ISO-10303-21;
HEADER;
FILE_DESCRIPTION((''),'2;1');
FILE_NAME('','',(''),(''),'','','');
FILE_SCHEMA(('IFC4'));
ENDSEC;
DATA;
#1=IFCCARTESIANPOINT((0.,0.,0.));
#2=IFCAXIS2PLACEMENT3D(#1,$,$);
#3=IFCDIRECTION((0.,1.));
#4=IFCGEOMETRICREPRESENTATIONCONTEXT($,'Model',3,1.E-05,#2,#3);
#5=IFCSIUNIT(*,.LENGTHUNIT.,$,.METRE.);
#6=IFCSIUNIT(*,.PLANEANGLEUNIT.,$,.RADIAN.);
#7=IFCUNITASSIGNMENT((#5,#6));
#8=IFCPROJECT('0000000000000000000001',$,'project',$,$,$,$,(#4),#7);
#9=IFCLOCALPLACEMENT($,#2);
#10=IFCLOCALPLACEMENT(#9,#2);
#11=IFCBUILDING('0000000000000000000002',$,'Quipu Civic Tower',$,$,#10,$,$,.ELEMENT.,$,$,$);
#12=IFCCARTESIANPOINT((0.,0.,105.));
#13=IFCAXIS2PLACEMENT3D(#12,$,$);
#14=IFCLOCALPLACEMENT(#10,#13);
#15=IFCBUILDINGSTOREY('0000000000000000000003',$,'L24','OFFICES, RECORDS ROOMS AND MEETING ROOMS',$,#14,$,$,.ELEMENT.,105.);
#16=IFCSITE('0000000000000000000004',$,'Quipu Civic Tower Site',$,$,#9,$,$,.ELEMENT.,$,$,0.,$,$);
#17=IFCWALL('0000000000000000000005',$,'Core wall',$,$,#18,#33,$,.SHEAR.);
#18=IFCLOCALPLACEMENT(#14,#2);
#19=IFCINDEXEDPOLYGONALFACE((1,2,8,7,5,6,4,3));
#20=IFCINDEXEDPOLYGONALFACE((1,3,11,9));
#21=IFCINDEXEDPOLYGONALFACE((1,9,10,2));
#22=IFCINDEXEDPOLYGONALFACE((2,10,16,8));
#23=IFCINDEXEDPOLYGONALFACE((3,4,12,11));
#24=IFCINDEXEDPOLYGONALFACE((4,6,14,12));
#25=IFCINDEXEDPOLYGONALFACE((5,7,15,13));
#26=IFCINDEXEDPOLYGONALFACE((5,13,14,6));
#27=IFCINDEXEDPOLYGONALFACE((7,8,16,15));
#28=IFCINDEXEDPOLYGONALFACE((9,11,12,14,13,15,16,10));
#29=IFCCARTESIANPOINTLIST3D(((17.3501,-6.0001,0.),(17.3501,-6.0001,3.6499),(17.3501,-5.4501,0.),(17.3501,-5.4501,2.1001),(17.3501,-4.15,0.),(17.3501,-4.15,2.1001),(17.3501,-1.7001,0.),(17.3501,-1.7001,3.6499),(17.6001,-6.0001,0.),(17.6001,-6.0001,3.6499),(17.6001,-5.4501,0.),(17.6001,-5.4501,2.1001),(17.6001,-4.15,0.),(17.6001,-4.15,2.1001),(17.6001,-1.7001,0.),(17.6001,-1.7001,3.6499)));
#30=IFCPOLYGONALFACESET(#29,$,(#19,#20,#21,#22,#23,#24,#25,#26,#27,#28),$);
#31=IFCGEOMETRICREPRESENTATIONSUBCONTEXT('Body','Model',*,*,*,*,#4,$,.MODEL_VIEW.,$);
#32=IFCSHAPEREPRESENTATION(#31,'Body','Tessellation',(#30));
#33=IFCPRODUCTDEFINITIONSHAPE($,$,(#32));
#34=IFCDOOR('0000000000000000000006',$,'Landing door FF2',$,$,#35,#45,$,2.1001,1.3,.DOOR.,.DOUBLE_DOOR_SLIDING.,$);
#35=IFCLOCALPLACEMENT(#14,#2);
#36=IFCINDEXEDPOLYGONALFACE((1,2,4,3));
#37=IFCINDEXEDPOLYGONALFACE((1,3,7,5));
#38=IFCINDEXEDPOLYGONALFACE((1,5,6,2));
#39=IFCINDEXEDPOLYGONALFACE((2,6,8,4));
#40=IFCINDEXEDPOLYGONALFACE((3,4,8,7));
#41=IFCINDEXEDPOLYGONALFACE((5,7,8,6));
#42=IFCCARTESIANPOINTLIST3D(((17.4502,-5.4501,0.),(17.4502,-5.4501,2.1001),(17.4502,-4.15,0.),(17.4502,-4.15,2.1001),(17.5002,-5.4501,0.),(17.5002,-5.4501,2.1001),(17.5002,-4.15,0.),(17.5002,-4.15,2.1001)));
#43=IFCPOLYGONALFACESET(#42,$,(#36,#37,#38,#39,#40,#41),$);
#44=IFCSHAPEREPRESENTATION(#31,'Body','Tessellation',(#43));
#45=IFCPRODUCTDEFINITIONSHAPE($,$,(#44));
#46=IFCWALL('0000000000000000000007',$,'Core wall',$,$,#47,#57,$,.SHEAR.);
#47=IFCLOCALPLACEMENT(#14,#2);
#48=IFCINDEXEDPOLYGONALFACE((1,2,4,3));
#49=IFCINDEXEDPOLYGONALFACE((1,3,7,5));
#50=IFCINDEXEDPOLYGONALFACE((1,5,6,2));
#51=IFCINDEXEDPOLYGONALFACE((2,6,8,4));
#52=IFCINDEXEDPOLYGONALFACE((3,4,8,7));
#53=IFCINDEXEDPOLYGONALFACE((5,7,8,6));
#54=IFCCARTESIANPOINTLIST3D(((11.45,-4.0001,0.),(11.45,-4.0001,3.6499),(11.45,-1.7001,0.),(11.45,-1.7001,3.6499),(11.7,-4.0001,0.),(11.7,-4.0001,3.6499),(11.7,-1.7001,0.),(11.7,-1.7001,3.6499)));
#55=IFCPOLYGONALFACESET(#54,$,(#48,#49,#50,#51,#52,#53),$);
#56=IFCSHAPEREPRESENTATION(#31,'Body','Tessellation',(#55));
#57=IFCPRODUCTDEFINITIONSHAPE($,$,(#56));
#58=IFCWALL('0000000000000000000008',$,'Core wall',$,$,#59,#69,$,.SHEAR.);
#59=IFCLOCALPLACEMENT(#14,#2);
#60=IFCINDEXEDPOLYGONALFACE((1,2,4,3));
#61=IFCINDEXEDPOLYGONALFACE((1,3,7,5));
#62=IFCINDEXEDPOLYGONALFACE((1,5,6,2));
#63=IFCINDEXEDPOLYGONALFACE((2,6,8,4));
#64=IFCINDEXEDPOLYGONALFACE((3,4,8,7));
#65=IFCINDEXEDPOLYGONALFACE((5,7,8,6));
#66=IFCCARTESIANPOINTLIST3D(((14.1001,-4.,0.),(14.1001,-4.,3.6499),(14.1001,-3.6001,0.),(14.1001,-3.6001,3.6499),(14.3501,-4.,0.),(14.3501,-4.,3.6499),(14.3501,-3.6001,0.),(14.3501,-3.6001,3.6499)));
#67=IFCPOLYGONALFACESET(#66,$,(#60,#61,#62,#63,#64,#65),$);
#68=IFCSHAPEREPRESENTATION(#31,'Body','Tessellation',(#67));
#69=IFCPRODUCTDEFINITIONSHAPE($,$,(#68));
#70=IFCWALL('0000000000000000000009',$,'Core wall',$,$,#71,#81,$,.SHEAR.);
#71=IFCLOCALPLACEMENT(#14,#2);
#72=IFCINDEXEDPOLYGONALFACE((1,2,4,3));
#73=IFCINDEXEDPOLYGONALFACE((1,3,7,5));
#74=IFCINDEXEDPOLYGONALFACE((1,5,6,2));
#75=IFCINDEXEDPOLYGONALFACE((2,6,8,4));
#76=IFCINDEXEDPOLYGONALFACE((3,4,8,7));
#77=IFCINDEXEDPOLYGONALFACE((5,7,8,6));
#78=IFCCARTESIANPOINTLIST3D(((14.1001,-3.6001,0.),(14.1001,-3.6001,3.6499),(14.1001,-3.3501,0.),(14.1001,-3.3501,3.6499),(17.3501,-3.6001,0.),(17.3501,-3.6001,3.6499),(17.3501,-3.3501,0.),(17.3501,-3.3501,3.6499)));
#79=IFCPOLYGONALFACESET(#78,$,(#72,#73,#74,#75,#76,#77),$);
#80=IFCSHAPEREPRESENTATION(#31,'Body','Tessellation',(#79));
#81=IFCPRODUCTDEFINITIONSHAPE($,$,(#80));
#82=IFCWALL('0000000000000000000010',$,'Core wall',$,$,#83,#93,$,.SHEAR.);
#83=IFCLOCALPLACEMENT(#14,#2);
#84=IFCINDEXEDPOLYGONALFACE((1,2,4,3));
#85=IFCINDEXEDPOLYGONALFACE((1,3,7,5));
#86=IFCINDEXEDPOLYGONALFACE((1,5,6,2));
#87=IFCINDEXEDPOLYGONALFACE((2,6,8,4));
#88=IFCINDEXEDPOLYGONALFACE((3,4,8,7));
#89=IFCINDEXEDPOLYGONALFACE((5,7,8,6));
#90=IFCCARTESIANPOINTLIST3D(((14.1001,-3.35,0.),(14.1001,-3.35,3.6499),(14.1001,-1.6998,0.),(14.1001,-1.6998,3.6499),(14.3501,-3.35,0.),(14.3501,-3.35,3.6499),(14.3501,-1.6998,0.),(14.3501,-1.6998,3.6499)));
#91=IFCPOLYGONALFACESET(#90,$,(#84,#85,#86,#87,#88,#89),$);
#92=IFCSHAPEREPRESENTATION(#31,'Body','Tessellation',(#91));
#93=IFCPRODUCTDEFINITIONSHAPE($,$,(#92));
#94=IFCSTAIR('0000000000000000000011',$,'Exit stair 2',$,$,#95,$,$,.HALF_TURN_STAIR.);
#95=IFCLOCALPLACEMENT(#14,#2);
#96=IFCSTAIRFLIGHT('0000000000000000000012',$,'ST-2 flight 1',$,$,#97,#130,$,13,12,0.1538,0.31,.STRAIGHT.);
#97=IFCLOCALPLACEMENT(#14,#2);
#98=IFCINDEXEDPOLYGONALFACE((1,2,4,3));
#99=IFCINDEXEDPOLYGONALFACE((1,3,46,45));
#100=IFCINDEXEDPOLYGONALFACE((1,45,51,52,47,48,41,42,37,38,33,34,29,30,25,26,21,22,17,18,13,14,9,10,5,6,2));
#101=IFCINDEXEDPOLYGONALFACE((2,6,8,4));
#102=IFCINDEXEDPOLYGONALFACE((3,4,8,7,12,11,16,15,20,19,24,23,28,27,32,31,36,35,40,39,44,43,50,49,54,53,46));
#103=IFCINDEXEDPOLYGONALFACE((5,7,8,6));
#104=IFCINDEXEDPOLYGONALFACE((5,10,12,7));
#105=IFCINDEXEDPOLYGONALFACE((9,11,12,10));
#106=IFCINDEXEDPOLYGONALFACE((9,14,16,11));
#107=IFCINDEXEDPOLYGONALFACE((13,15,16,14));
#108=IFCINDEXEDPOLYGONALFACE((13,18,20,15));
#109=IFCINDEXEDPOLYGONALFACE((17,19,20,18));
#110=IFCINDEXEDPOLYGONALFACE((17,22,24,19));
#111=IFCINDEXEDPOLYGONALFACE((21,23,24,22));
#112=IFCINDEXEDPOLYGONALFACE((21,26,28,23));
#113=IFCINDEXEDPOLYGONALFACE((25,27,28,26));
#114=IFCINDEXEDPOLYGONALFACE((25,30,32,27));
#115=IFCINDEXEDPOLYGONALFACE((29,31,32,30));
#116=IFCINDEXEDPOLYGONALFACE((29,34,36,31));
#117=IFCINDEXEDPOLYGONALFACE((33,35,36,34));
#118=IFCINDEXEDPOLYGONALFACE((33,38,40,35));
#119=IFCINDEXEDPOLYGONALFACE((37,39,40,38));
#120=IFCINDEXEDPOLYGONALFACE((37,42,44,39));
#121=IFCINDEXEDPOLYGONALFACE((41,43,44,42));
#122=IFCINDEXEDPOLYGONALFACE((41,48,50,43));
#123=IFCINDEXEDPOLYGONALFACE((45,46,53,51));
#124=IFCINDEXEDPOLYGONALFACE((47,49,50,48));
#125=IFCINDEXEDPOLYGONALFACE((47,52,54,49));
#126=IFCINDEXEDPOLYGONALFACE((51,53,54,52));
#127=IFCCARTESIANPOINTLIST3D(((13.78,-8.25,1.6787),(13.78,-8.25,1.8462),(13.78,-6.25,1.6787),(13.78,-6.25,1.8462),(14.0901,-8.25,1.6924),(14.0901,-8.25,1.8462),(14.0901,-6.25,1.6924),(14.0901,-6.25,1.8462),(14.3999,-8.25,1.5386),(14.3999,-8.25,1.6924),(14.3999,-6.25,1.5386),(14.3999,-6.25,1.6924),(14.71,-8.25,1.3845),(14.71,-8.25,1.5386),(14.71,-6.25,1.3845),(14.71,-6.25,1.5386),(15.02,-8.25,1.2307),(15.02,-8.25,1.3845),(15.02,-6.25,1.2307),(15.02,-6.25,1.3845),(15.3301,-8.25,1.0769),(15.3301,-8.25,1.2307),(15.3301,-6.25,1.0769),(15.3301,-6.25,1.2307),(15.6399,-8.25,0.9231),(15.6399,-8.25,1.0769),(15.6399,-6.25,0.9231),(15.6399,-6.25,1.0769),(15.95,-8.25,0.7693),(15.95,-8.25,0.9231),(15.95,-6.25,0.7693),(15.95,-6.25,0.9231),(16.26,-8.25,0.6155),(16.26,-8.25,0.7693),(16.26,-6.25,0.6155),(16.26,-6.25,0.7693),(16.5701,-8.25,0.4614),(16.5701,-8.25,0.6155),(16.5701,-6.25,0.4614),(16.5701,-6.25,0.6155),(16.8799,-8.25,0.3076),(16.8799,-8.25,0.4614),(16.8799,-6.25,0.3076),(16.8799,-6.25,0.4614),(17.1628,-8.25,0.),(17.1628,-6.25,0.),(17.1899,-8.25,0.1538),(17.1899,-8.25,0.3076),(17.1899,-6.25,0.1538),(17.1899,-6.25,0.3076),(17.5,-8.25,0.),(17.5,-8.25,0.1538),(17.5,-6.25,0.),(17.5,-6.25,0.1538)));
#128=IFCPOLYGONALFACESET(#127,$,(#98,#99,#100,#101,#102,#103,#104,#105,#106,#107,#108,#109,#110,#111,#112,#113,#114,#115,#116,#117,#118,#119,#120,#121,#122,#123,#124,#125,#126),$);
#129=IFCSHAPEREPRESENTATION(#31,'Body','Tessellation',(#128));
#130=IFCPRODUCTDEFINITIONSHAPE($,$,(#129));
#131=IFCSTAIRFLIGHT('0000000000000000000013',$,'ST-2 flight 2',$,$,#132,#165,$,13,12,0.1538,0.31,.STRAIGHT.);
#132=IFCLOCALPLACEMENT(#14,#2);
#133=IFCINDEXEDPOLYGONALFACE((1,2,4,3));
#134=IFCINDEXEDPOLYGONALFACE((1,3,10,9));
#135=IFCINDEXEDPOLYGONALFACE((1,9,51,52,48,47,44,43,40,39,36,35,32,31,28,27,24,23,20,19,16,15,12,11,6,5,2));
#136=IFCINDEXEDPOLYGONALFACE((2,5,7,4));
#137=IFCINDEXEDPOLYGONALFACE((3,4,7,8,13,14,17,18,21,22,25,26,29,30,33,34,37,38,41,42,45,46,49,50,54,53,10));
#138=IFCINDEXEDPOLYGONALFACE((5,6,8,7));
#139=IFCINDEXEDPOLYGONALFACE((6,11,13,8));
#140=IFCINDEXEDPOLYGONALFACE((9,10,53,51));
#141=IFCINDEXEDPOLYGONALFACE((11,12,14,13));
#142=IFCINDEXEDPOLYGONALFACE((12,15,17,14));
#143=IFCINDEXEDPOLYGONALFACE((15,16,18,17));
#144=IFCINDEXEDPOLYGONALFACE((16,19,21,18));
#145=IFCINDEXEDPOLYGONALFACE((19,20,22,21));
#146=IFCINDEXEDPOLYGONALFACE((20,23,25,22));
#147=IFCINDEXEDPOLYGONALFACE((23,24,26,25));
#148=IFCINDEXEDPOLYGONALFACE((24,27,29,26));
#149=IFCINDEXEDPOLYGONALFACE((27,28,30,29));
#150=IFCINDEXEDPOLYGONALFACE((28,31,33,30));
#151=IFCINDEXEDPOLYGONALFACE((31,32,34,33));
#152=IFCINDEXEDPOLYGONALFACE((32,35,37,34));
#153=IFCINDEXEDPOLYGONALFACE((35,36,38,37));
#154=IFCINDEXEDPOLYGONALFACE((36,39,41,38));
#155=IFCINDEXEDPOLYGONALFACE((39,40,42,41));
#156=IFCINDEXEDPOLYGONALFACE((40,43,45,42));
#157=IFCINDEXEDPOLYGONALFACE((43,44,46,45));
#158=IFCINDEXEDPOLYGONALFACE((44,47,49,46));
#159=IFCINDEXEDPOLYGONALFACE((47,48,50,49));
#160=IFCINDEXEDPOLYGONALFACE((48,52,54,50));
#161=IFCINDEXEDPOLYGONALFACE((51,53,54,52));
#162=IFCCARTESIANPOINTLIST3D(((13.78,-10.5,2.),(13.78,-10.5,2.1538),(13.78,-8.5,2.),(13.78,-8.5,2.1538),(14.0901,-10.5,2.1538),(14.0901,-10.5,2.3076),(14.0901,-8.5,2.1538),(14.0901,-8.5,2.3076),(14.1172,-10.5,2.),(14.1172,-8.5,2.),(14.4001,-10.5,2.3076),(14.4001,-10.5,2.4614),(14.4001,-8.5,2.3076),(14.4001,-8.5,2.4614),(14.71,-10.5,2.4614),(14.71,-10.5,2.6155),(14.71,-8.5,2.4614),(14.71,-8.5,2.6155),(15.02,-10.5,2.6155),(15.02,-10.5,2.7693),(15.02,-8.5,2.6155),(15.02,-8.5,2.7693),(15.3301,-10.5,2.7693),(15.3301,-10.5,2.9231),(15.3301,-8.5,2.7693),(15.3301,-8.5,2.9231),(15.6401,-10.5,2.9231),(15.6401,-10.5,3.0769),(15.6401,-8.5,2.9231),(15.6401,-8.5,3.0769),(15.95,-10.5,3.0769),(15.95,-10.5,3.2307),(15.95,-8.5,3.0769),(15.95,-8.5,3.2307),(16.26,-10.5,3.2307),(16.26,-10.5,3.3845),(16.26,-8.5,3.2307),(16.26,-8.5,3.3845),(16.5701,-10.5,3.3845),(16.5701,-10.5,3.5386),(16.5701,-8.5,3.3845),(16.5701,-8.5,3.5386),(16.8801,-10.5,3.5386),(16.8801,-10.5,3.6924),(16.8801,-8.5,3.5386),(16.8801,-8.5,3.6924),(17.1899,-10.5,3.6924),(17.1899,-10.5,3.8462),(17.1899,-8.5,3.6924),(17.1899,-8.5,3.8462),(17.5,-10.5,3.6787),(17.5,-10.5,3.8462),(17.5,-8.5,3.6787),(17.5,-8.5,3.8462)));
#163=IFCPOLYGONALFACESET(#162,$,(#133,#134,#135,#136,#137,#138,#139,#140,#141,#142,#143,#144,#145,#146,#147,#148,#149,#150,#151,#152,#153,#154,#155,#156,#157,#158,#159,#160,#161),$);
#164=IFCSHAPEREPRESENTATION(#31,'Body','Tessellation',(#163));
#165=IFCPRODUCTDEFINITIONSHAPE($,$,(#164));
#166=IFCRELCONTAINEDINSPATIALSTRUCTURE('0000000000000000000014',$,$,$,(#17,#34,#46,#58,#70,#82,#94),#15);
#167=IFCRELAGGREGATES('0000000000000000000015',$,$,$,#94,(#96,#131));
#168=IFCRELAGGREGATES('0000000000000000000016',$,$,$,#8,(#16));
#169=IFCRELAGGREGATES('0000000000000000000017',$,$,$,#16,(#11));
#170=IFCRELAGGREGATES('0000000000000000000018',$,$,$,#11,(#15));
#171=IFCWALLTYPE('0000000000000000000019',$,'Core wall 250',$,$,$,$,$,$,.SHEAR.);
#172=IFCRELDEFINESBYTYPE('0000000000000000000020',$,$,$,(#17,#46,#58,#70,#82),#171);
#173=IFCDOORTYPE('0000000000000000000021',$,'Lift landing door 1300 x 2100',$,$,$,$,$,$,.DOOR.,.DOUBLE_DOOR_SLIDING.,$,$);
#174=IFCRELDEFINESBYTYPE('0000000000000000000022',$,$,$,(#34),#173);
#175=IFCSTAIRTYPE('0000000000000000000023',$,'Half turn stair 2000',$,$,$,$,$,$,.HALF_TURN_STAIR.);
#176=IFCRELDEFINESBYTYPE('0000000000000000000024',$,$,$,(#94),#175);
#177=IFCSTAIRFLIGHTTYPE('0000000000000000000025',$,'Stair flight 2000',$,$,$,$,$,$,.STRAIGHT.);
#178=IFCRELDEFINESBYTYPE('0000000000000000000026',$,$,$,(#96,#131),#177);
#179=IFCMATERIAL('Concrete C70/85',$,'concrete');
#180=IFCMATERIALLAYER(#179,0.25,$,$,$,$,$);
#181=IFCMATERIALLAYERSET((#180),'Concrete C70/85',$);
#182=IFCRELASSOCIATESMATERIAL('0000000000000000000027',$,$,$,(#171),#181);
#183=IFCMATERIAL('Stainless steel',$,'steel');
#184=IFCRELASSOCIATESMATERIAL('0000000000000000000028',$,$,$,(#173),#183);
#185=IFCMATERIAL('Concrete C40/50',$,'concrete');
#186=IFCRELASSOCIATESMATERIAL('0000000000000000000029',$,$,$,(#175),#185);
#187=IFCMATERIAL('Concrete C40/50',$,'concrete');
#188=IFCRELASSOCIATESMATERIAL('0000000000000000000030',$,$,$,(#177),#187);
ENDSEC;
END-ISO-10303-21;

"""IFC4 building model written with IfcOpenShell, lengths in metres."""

from ifc_helpers import new_model, si_unit, direction, frame, frame_2d, origin, place, context, subcontext, project, spatial, polyline, rectangle, outline, extrude, material, layer, layer_set, type_object, element, fill, aggregate, save


model = new_model("IFC4")

# Units and contexts
model_context = context("Model", 3, precision=1e-05, world=origin(), true_north=direction((0.0, 1.0)))
body_context = subcontext(model_context, "Body", "Model", "MODEL_VIEW")
ifc_project = project(units=[si_unit("LENGTHUNIT", "METRE"), si_unit("PLANEANGLEUNIT", "RADIAN")], contexts=[model_context])

# Site, building, storey
site_placement = place(None, origin())
site = spatial("IfcSite", under=ifc_project, at=site_placement, Name="Quipu Civic Tower Site", CompositionType="ELEMENT", RefElevation=0.0)
building_placement = place(site_placement, origin())
building = spatial("IfcBuilding", under=site, at=building_placement, Name="Quipu Civic Tower", CompositionType="ELEMENT")
storey_placement = place(building_placement, frame((0.0, 0.0, 105.0)))
storey = spatial("IfcBuildingStorey", under=building, at=storey_placement, Name="L24", Description="OFFICES, RECORDS ROOMS AND MEETING ROOMS", CompositionType="ELEMENT", Elevation=105.0)

# Shared definitions
ifc_material_1 = material(Name="Concrete C70/85", Category="concrete")
ifc_layer = layer(ifc_material_1, 0.25)
ifc_layer_set = layer_set([ifc_layer], Name="Concrete C70/85")
wall_type = type_object("IfcWallType", Name="Core wall 250", PredefinedType="SHEAR", material=ifc_layer_set)

# Wall, opening, door
wall_1_placement = place(storey_placement, frame((17.4751, -6.0, 0.0), z_axis=(0.0, 0.0, 1.0), x_axis=(0.0, 1.0, 0.0)))
wall_1 = element("IfcWall", 1, at=wall_1_placement, inside=storey, type_object=wall_type, Name="Core wall", PredefinedType="SHEAR", context=body_context, shape_type="SweptSolid", body=[
    extrude(rectangle(XDim=4.3, YDim=0.25, at=frame_2d((2.1499, 0.0))), origin(), (0.0, 0.0, 1.0), 3.6499),
])
opening_1_placement = place(wall_1_placement, frame((0.55, 0.0, 0.0)))
opening_1 = element("IfcOpeningElement", 2, at=opening_1_placement, cuts=wall_1, PredefinedType="OPENING", context=body_context, shape_type="SweptSolid", body=[
    extrude(rectangle(XDim=1.3, YDim=2.1001, at=frame_2d((0.6499, 1.05))), frame((0.0, 0.135, 0.0), z_axis=(0.0, -1.0, 0.0), x_axis=(1.0, 0.0, 0.0)), (0.0, 0.0, 1.0), 0.27),
])
ifc_material_2 = material(Name="Stainless steel", Category="steel")
door_type_1 = type_object("IfcDoorType", Name="Lift landing door 1300 x 2100", OperationType="DOUBLE_DOOR_SLIDING", PredefinedType="DOOR", material=ifc_material_2)
door_1_placement = place(opening_1_placement, origin())
door_1 = element("IfcDoor", 3, at=door_1_placement, inside=storey, type_object=door_type_1, Name="Landing door FF2", OperationType="DOUBLE_DOOR_SLIDING", OverallHeight=2.1001, OverallWidth=1.3, PredefinedType="DOOR", context=body_context, shape_type="SweptSolid", body=[
    extrude(rectangle(XDim=1.3, YDim=2.1001, at=frame_2d((0.6499, 1.05))), frame((0.0, 0.0249, 0.0), z_axis=(0.0, -1.0, 0.0), x_axis=(1.0, 0.0, 0.0)), (0.0, 0.0, 1.0), 0.05),
])
fill(opening_1, door_1)

# Walls
wall_2_placement = place(storey_placement, frame((11.575, -4.0, 0.0), z_axis=(0.0, 0.0, 1.0), x_axis=(0.0, 1.0, 0.0)))
element("IfcWall", 4, at=wall_2_placement, inside=storey, type_object=wall_type, Name="Core wall", PredefinedType="SHEAR", context=body_context, shape_type="SweptSolid", body=[
    extrude(rectangle(XDim=2.3, YDim=0.25, at=frame_2d((1.1499, 0.0))), origin(), (0.0, 0.0, 1.0), 3.6499),
])
wall_3_placement = place(storey_placement, frame((14.2251, -4.0, 0.0), z_axis=(0.0, 0.0, 1.0), x_axis=(0.0, 1.0, 0.0)))
element("IfcWall", 5, at=wall_3_placement, inside=storey, type_object=wall_type, Name="Core wall", PredefinedType="SHEAR", context=body_context, shape_type="SweptSolid", body=[
    extrude(rectangle(XDim=0.3999, YDim=0.25, at=frame_2d((0.2, 0.0))), origin(), (0.0, 0.0, 1.0), 3.6499),
])
wall_4_placement = place(storey_placement, frame((14.1001, -3.4751, 0.0), z_axis=(0.0, 0.0, 1.0), x_axis=(1.0, 0.0, 0.0)))
element("IfcWall", 6, at=wall_4_placement, inside=storey, type_object=wall_type, Name="Core wall", PredefinedType="SHEAR", context=body_context, shape_type="SweptSolid", body=[
    extrude(rectangle(XDim=3.25, YDim=0.25, at=frame_2d((1.625, 0.0))), origin(), (0.0, 0.0, 1.0), 3.6499),
])
wall_5_placement = place(storey_placement, frame((14.2251, -3.3501, 0.0), z_axis=(0.0, 0.0, 1.0), x_axis=(0.0, 1.0, 0.0)))
element("IfcWall", 7, at=wall_5_placement, inside=storey, type_object=wall_type, Name="Core wall", PredefinedType="SHEAR", context=body_context, shape_type="SweptSolid", body=[
    extrude(rectangle(XDim=1.6501, YDim=0.25, at=frame_2d((0.8252, 0.0))), origin(), (0.0, 0.0, 1.0), 3.6499),
])

# Stair, stair flights
ifc_material_3 = material(Name="Concrete C40/50", Category="concrete")
stair_type = type_object("IfcStairType", Name="Half turn stair 2000", PredefinedType="HALF_TURN_STAIR", material=ifc_material_3)
stair_placement = place(storey_placement, origin())
stair = element("IfcStair", 8, at=stair_placement, inside=storey, type_object=stair_type, Name="Exit stair 2", PredefinedType="HALF_TURN_STAIR")
ifc_material_4 = material(Name="Concrete C40/50", Category="concrete")
stair_flight_type = type_object("IfcStairFlightType", Name="Stair flight 2000", PredefinedType="STRAIGHT", material=ifc_material_4)
stair_flight_1_placement = place(storey_placement, frame((17.5, -7.25, 0.0), z_axis=(0.0, 0.0, 1.0), x_axis=(-1.0, 0.0, 0.0)))
stair_flight_1 = element("IfcStairFlight", 9, at=stair_flight_1_placement, type_object=stair_flight_type, Name="ST-2 flight 1", NumberOfRisers=13, NumberOfTreads=12, PredefinedType="STRAIGHT", RiserHeight=0.1538, TreadLength=0.31, context=body_context, shape_type="SweptSolid", body=[
    extrude(outline(polyline([(0.0, 0.0), (0.0, 0.1538), (0.3101, 0.1538), (0.3101, 0.3076), (0.6201, 0.3076), (0.6201, 0.4614), (0.9299, 0.4614), (0.9299, 0.6155), (1.24, 0.6155), (1.24, 0.7693), (1.55, 0.7693), (1.55, 0.9231), (1.8601, 0.9231), (1.8601, 1.0769), (2.1699, 1.0769), (2.1699, 1.2307), (2.48, 1.2307), (2.48, 1.3845), (2.79, 1.3845), (2.79, 1.5386), (3.1001, 1.5386), (3.1001, 1.6924), (3.4099, 1.6924), (3.4099, 1.8462), (3.72, 1.8462), (3.72, 2.0), (3.72, 1.6787), (0.3372, 0.0), (0.0, 0.0)])), frame((0.0, 1.0, 0.0), z_axis=(0.0, -1.0, 0.0), x_axis=(1.0, 0.0, 0.0)), (0.0, 0.0, 1.0), 2.0),
])
stair_flight_2_placement = place(storey_placement, frame((13.78, -9.5, 2.0), z_axis=(0.0, 0.0, 1.0), x_axis=(1.0, 0.0, 0.0)))
stair_flight_2 = element("IfcStairFlight", 10, at=stair_flight_2_placement, type_object=stair_flight_type, Name="ST-2 flight 2", NumberOfRisers=13, NumberOfTreads=12, PredefinedType="STRAIGHT", RiserHeight=0.1538, TreadLength=0.31, context=body_context, shape_type="SweptSolid", body=[
    extrude(outline(polyline([(0.0, 0.0), (0.0, 0.1538), (0.3101, 0.1538), (0.3101, 0.3076), (0.6201, 0.3076), (0.6201, 0.4614), (0.9299, 0.4614), (0.9299, 0.6155), (1.24, 0.6155), (1.24, 0.7693), (1.55, 0.7693), (1.55, 0.9231), (1.8601, 0.9231), (1.8601, 1.0769), (2.1699, 1.0769), (2.1699, 1.2307), (2.48, 1.2307), (2.48, 1.3845), (2.79, 1.3845), (2.79, 1.5386), (3.1001, 1.5386), (3.1001, 1.6924), (3.4099, 1.6924), (3.4099, 1.8462), (3.72, 1.8462), (3.72, 2.0), (3.72, 1.6787), (0.3372, 0.0), (0.0, 0.0)])), frame((0.0, 1.0, 0.0), z_axis=(0.0, -1.0, 0.0), x_axis=(1.0, 0.0, 0.0)), (0.0, 0.0, 1.0), 2.0),
])
aggregate(stair, [stair_flight_1, stair_flight_2])

save(model, "model.ifc")
